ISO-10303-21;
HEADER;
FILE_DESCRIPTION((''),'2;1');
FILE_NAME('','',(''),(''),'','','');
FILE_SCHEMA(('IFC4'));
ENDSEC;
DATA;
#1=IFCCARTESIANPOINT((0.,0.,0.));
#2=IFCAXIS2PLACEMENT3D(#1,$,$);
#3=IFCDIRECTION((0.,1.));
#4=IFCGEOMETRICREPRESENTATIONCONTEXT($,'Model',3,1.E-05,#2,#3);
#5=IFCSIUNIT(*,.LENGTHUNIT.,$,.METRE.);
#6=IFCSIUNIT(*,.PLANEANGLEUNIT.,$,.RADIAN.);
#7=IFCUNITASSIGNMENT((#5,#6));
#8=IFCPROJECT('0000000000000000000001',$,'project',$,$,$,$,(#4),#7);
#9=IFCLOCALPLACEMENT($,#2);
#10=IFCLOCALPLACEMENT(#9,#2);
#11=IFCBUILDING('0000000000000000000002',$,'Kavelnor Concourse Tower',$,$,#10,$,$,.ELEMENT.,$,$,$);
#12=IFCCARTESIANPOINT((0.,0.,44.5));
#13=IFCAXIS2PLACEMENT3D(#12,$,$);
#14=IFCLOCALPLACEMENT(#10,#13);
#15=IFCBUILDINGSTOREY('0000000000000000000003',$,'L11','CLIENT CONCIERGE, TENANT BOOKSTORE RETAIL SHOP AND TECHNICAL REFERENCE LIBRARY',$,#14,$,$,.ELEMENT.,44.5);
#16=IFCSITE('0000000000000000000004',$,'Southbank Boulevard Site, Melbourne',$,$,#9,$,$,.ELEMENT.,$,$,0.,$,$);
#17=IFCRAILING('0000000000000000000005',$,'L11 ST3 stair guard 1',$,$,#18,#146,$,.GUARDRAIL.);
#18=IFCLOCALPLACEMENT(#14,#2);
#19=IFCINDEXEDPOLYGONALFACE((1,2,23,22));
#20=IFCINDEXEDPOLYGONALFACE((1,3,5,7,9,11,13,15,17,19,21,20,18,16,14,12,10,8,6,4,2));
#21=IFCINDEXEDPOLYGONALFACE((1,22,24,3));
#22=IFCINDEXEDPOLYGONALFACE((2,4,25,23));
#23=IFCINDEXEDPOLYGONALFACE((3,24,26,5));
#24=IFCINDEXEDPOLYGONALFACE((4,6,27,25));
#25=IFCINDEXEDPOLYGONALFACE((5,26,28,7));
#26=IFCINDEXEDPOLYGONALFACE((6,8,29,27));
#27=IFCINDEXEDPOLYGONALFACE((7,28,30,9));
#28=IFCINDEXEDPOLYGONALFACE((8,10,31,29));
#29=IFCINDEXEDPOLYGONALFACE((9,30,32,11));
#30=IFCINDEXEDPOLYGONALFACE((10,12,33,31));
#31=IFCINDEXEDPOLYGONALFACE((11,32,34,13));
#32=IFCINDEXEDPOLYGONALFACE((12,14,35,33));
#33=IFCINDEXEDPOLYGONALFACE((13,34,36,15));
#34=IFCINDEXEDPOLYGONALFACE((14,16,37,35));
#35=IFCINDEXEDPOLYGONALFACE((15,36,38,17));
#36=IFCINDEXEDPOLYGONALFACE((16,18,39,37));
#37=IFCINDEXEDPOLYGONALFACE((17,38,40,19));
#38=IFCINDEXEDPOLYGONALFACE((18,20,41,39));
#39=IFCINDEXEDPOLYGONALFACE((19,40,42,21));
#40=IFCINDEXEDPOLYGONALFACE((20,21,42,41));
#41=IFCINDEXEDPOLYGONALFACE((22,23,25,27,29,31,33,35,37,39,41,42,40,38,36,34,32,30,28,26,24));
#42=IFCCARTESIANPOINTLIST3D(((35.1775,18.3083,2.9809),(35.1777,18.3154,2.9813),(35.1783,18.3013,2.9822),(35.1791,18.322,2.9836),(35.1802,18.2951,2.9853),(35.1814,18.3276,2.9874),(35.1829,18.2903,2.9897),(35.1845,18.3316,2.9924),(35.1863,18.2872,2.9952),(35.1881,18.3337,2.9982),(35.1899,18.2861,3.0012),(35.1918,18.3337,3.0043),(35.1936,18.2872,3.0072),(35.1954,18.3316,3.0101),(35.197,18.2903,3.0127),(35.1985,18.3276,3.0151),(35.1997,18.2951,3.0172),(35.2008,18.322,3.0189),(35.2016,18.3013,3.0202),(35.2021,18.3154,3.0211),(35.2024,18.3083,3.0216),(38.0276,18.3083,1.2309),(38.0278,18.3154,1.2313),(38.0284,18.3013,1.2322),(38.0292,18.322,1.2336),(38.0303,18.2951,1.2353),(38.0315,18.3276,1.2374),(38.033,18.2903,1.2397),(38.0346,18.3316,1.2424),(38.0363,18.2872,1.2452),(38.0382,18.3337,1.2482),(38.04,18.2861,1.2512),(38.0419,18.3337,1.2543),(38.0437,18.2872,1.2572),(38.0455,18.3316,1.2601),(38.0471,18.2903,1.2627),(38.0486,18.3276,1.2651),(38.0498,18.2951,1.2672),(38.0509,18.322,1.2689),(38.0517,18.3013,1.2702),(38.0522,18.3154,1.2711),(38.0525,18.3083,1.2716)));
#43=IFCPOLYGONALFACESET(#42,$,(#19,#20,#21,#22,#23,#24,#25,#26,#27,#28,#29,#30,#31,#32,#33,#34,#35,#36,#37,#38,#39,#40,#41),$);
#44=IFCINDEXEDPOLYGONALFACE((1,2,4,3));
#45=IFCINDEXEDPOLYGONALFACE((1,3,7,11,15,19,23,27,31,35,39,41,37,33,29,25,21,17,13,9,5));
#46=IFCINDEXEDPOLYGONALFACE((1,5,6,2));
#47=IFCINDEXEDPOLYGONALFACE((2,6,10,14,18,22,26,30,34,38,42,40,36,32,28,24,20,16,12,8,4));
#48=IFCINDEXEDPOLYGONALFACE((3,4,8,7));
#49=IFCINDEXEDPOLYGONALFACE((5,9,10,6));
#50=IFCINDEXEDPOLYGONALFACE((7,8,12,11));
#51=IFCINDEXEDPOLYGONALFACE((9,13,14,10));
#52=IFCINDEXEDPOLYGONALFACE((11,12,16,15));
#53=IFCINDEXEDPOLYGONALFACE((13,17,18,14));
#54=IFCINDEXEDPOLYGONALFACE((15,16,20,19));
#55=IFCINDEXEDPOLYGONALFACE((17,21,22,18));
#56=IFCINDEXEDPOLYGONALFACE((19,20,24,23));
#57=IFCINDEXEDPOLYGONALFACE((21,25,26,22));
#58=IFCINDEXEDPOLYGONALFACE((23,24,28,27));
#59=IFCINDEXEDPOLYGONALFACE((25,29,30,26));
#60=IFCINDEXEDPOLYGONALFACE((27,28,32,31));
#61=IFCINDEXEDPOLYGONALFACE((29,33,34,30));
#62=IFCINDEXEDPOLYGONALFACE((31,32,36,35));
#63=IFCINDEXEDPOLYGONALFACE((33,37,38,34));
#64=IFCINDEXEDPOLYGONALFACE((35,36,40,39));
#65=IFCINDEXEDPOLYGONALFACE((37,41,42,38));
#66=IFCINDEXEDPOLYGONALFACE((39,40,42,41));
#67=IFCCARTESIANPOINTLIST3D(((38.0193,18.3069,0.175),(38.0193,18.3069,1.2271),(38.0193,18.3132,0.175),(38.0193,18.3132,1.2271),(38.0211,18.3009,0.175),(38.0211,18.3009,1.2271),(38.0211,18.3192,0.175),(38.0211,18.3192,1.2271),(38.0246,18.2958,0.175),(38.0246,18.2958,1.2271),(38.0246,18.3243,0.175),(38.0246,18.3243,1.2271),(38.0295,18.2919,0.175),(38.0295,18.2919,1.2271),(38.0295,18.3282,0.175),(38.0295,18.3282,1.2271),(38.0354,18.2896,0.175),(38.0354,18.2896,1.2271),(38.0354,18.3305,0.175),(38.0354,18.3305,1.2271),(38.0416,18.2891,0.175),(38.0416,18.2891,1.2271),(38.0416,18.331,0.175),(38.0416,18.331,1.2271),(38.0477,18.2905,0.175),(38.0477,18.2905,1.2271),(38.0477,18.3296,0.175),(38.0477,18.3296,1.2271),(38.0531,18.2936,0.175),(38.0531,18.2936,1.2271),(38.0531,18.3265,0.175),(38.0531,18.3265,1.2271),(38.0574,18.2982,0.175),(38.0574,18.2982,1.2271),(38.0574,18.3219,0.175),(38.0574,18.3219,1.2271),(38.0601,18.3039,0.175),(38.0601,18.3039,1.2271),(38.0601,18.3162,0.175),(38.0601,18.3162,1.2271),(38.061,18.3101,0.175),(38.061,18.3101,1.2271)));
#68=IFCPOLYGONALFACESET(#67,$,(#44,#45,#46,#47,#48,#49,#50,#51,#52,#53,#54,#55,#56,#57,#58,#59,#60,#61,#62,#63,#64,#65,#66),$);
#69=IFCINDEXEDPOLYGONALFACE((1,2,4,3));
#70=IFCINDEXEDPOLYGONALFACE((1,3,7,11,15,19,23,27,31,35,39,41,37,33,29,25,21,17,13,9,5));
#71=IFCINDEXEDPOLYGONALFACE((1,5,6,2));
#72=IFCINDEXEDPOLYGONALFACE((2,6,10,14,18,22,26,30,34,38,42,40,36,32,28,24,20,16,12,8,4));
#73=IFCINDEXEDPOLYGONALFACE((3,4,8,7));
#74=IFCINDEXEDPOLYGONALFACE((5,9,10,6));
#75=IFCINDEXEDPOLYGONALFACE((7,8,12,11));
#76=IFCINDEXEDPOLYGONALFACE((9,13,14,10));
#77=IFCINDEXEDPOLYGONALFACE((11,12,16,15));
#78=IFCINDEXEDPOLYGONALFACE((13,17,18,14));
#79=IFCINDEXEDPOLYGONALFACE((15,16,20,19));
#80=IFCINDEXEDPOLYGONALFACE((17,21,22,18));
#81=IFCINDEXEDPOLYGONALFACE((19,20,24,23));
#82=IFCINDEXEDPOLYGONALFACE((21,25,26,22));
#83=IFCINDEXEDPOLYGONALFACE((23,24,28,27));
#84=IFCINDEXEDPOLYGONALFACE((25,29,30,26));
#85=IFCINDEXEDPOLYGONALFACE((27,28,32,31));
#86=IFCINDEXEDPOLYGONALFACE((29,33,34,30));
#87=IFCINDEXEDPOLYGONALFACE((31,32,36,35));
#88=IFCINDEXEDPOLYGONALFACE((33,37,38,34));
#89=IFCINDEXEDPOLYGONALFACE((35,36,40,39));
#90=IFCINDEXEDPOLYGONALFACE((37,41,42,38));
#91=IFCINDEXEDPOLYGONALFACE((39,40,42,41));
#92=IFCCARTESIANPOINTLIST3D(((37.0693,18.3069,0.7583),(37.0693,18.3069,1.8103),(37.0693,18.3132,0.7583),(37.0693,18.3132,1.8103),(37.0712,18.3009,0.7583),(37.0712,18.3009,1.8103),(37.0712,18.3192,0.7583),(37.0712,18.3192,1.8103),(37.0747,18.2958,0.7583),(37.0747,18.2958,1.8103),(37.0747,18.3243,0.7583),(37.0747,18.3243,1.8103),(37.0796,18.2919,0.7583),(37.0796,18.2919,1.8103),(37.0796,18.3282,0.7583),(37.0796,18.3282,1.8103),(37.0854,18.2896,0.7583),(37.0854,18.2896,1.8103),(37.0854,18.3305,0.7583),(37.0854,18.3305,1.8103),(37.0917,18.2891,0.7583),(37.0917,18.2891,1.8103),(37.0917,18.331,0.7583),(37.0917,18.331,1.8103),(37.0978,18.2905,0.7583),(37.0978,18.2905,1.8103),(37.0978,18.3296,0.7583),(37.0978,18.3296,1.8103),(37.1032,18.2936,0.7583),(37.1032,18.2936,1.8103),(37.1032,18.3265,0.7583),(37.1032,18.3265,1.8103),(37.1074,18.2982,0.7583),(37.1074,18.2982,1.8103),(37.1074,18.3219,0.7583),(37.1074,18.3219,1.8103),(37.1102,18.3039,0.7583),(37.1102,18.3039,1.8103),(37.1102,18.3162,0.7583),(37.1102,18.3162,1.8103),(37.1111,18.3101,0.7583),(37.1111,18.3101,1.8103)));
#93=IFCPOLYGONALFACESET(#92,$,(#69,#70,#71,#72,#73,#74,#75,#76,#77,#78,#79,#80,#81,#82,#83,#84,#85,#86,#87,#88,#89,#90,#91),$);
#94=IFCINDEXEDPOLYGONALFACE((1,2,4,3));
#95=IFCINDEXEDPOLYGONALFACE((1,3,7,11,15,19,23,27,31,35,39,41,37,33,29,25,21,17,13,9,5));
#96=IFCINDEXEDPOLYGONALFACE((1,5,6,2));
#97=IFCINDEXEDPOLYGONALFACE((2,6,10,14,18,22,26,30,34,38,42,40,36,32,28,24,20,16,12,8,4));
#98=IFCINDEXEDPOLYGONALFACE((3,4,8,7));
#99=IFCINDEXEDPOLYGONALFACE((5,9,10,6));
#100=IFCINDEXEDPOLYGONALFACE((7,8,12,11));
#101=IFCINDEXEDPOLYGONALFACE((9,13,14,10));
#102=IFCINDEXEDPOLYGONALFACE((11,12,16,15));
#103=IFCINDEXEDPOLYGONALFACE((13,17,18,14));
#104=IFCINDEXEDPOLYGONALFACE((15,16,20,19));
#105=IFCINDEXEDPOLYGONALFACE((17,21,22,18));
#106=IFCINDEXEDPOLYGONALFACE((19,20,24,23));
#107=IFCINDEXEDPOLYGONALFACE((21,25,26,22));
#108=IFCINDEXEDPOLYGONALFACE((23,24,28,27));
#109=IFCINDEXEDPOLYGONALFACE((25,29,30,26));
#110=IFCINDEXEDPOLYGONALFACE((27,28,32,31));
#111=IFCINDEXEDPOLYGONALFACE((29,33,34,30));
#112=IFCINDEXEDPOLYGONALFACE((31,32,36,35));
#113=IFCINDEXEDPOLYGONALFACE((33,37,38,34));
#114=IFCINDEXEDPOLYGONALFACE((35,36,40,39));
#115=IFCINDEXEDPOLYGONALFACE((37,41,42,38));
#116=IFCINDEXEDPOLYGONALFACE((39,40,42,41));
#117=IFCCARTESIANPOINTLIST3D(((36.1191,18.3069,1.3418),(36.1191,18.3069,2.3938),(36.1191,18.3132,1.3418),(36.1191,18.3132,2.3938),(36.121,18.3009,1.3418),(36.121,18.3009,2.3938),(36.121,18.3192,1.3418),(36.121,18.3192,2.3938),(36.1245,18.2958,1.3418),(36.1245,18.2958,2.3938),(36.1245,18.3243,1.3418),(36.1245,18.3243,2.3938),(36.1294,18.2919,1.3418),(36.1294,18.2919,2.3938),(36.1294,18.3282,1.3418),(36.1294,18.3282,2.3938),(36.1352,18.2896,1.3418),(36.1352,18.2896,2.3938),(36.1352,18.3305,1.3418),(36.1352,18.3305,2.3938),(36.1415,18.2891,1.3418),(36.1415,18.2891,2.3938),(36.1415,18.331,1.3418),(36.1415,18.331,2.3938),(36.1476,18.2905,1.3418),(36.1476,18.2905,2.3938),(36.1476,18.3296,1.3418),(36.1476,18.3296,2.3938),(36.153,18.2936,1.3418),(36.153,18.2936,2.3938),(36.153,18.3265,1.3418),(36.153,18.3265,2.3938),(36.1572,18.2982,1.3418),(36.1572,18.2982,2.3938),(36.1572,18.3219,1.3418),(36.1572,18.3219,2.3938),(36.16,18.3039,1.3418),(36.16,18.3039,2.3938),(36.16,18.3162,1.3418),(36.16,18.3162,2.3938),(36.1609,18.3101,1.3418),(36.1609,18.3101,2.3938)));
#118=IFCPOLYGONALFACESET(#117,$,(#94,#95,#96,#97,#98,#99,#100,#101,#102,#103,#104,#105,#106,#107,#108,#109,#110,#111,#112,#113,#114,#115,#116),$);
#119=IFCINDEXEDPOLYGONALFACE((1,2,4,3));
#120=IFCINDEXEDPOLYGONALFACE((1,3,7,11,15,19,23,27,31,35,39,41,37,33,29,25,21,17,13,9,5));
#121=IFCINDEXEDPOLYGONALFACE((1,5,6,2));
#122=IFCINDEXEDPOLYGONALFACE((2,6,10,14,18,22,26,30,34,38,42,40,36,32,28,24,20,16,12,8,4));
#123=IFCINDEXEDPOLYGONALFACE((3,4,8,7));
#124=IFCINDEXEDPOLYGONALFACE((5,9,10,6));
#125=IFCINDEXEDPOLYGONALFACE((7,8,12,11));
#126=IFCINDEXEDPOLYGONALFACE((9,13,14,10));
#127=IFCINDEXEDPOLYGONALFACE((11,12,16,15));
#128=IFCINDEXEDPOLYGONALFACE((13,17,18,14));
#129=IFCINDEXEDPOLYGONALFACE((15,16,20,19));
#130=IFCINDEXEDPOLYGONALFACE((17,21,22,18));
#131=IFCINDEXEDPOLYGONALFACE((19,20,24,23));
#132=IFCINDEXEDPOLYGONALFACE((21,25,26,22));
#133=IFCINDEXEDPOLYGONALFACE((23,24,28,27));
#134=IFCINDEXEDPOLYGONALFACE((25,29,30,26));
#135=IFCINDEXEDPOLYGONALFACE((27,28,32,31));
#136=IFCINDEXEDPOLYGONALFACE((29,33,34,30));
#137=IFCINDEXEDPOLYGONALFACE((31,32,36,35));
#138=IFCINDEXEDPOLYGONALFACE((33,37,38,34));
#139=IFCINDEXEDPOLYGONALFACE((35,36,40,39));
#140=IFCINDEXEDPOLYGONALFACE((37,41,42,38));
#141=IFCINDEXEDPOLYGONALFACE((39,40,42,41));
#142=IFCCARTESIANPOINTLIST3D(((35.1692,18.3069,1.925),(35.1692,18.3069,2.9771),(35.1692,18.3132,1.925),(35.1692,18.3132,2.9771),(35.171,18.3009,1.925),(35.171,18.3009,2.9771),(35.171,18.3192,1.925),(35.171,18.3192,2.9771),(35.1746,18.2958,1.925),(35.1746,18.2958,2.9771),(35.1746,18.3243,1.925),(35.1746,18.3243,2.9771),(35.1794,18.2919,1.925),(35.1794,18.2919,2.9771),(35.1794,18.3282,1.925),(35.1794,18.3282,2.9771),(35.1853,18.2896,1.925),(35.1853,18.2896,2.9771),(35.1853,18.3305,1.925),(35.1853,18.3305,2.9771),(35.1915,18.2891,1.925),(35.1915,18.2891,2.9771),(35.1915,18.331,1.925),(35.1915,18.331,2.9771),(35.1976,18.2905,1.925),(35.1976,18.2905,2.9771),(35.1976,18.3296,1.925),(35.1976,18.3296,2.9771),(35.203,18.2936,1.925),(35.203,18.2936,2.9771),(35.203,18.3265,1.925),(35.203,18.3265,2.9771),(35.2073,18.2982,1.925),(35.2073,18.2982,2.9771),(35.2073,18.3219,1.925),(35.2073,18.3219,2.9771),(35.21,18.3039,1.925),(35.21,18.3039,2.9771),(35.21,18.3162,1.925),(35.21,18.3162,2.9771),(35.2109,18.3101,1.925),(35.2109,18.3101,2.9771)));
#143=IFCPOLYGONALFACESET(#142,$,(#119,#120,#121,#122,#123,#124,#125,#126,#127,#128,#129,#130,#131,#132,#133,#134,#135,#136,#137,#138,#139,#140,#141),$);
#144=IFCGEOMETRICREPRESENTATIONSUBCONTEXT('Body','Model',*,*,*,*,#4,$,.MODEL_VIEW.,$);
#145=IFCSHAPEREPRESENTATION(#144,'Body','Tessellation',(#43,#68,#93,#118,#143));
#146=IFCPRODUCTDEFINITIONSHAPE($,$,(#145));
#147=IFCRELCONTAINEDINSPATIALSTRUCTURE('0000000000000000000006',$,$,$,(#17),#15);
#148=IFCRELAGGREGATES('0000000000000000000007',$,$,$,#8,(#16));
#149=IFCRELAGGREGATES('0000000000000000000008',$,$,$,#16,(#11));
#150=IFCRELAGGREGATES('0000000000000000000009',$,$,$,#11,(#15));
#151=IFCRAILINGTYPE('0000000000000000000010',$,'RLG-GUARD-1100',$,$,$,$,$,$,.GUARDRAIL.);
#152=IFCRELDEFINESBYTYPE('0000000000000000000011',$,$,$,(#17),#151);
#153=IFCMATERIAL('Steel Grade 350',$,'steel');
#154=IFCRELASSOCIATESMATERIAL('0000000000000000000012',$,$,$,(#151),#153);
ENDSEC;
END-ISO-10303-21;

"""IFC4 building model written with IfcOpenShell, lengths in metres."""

from ifc_helpers import new_model, si_unit, direction, frame, origin, origin_2d, place, context, subcontext, project, spatial, circle, extrude, material, type_object, element, save


model = new_model("IFC4")

# Units and contexts
model_context = context("Model", 3, precision=1e-05, world=origin(), true_north=direction((0.0, 1.0)))
body_context = subcontext(model_context, "Body", "Model", "MODEL_VIEW")
ifc_project = project(units=[si_unit("LENGTHUNIT", "METRE"), si_unit("PLANEANGLEUNIT", "RADIAN")], contexts=[model_context])

# Site, building, storey
site_placement = place(None, origin())
site = spatial("IfcSite", under=ifc_project, at=site_placement, Name="Southbank Boulevard Site, Melbourne", CompositionType="ELEMENT", RefElevation=0.0)
building_placement = place(site_placement, origin())
building = spatial("IfcBuilding", under=site, at=building_placement, Name="Kavelnor Concourse Tower", CompositionType="ELEMENT")
storey_placement = place(building_placement, frame((0.0, 0.0, 44.5)))
storey = spatial("IfcBuildingStorey", under=building, at=storey_placement, Name="L11", Description="CLIENT CONCIERGE, TENANT BOOKSTORE RETAIL SHOP AND TECHNICAL REFERENCE LIBRARY", CompositionType="ELEMENT", Elevation=44.5)

# Shared definitions
ifc_material_1 = material(Name="Steel Grade 350", Category="steel")

# Railing
railing_type_1 = type_object("IfcRailingType", Name="RLG-GUARD-1100", PredefinedType="GUARDRAIL", material=ifc_material_1)
railing_1_placement = place(storey_placement, frame((38.04, 18.3101, 0.175)))
element("IfcRailing", 1, at=railing_1_placement, inside=storey, type_object=railing_type_1, Name="L11 ST3 stair guard 1", PredefinedType="GUARDRAIL", context=body_context, shape_type="SweptSolid", body=[
    extrude(circle(Radius=0.0239, at=origin_2d()), frame((0.0, 0.0, 1.0762), z_axis=(-0.852179, 0.0, 0.52325), x_axis=(0.0, -1.0, 0.0)), (0.0, 0.0, 1.0), 3.3445),
    extrude(circle(Radius=0.021, at=origin_2d()), origin(), (0.0, 0.0, 1.0), 1.052),
    extrude(circle(Radius=0.021, at=origin_2d()), frame((-0.95, 0.0, 0.5833)), (0.0, 0.0, 1.0), 1.052),
    extrude(circle(Radius=0.021, at=origin_2d()), frame((-1.9001, 0.0, 1.1667)), (0.0, 0.0, 1.0), 1.052),
    extrude(circle(Radius=0.021, at=origin_2d()), frame((-2.8501, 0.0, 1.75)), (0.0, 0.0, 1.0), 1.052),
])

save(model, "model.ifc")
